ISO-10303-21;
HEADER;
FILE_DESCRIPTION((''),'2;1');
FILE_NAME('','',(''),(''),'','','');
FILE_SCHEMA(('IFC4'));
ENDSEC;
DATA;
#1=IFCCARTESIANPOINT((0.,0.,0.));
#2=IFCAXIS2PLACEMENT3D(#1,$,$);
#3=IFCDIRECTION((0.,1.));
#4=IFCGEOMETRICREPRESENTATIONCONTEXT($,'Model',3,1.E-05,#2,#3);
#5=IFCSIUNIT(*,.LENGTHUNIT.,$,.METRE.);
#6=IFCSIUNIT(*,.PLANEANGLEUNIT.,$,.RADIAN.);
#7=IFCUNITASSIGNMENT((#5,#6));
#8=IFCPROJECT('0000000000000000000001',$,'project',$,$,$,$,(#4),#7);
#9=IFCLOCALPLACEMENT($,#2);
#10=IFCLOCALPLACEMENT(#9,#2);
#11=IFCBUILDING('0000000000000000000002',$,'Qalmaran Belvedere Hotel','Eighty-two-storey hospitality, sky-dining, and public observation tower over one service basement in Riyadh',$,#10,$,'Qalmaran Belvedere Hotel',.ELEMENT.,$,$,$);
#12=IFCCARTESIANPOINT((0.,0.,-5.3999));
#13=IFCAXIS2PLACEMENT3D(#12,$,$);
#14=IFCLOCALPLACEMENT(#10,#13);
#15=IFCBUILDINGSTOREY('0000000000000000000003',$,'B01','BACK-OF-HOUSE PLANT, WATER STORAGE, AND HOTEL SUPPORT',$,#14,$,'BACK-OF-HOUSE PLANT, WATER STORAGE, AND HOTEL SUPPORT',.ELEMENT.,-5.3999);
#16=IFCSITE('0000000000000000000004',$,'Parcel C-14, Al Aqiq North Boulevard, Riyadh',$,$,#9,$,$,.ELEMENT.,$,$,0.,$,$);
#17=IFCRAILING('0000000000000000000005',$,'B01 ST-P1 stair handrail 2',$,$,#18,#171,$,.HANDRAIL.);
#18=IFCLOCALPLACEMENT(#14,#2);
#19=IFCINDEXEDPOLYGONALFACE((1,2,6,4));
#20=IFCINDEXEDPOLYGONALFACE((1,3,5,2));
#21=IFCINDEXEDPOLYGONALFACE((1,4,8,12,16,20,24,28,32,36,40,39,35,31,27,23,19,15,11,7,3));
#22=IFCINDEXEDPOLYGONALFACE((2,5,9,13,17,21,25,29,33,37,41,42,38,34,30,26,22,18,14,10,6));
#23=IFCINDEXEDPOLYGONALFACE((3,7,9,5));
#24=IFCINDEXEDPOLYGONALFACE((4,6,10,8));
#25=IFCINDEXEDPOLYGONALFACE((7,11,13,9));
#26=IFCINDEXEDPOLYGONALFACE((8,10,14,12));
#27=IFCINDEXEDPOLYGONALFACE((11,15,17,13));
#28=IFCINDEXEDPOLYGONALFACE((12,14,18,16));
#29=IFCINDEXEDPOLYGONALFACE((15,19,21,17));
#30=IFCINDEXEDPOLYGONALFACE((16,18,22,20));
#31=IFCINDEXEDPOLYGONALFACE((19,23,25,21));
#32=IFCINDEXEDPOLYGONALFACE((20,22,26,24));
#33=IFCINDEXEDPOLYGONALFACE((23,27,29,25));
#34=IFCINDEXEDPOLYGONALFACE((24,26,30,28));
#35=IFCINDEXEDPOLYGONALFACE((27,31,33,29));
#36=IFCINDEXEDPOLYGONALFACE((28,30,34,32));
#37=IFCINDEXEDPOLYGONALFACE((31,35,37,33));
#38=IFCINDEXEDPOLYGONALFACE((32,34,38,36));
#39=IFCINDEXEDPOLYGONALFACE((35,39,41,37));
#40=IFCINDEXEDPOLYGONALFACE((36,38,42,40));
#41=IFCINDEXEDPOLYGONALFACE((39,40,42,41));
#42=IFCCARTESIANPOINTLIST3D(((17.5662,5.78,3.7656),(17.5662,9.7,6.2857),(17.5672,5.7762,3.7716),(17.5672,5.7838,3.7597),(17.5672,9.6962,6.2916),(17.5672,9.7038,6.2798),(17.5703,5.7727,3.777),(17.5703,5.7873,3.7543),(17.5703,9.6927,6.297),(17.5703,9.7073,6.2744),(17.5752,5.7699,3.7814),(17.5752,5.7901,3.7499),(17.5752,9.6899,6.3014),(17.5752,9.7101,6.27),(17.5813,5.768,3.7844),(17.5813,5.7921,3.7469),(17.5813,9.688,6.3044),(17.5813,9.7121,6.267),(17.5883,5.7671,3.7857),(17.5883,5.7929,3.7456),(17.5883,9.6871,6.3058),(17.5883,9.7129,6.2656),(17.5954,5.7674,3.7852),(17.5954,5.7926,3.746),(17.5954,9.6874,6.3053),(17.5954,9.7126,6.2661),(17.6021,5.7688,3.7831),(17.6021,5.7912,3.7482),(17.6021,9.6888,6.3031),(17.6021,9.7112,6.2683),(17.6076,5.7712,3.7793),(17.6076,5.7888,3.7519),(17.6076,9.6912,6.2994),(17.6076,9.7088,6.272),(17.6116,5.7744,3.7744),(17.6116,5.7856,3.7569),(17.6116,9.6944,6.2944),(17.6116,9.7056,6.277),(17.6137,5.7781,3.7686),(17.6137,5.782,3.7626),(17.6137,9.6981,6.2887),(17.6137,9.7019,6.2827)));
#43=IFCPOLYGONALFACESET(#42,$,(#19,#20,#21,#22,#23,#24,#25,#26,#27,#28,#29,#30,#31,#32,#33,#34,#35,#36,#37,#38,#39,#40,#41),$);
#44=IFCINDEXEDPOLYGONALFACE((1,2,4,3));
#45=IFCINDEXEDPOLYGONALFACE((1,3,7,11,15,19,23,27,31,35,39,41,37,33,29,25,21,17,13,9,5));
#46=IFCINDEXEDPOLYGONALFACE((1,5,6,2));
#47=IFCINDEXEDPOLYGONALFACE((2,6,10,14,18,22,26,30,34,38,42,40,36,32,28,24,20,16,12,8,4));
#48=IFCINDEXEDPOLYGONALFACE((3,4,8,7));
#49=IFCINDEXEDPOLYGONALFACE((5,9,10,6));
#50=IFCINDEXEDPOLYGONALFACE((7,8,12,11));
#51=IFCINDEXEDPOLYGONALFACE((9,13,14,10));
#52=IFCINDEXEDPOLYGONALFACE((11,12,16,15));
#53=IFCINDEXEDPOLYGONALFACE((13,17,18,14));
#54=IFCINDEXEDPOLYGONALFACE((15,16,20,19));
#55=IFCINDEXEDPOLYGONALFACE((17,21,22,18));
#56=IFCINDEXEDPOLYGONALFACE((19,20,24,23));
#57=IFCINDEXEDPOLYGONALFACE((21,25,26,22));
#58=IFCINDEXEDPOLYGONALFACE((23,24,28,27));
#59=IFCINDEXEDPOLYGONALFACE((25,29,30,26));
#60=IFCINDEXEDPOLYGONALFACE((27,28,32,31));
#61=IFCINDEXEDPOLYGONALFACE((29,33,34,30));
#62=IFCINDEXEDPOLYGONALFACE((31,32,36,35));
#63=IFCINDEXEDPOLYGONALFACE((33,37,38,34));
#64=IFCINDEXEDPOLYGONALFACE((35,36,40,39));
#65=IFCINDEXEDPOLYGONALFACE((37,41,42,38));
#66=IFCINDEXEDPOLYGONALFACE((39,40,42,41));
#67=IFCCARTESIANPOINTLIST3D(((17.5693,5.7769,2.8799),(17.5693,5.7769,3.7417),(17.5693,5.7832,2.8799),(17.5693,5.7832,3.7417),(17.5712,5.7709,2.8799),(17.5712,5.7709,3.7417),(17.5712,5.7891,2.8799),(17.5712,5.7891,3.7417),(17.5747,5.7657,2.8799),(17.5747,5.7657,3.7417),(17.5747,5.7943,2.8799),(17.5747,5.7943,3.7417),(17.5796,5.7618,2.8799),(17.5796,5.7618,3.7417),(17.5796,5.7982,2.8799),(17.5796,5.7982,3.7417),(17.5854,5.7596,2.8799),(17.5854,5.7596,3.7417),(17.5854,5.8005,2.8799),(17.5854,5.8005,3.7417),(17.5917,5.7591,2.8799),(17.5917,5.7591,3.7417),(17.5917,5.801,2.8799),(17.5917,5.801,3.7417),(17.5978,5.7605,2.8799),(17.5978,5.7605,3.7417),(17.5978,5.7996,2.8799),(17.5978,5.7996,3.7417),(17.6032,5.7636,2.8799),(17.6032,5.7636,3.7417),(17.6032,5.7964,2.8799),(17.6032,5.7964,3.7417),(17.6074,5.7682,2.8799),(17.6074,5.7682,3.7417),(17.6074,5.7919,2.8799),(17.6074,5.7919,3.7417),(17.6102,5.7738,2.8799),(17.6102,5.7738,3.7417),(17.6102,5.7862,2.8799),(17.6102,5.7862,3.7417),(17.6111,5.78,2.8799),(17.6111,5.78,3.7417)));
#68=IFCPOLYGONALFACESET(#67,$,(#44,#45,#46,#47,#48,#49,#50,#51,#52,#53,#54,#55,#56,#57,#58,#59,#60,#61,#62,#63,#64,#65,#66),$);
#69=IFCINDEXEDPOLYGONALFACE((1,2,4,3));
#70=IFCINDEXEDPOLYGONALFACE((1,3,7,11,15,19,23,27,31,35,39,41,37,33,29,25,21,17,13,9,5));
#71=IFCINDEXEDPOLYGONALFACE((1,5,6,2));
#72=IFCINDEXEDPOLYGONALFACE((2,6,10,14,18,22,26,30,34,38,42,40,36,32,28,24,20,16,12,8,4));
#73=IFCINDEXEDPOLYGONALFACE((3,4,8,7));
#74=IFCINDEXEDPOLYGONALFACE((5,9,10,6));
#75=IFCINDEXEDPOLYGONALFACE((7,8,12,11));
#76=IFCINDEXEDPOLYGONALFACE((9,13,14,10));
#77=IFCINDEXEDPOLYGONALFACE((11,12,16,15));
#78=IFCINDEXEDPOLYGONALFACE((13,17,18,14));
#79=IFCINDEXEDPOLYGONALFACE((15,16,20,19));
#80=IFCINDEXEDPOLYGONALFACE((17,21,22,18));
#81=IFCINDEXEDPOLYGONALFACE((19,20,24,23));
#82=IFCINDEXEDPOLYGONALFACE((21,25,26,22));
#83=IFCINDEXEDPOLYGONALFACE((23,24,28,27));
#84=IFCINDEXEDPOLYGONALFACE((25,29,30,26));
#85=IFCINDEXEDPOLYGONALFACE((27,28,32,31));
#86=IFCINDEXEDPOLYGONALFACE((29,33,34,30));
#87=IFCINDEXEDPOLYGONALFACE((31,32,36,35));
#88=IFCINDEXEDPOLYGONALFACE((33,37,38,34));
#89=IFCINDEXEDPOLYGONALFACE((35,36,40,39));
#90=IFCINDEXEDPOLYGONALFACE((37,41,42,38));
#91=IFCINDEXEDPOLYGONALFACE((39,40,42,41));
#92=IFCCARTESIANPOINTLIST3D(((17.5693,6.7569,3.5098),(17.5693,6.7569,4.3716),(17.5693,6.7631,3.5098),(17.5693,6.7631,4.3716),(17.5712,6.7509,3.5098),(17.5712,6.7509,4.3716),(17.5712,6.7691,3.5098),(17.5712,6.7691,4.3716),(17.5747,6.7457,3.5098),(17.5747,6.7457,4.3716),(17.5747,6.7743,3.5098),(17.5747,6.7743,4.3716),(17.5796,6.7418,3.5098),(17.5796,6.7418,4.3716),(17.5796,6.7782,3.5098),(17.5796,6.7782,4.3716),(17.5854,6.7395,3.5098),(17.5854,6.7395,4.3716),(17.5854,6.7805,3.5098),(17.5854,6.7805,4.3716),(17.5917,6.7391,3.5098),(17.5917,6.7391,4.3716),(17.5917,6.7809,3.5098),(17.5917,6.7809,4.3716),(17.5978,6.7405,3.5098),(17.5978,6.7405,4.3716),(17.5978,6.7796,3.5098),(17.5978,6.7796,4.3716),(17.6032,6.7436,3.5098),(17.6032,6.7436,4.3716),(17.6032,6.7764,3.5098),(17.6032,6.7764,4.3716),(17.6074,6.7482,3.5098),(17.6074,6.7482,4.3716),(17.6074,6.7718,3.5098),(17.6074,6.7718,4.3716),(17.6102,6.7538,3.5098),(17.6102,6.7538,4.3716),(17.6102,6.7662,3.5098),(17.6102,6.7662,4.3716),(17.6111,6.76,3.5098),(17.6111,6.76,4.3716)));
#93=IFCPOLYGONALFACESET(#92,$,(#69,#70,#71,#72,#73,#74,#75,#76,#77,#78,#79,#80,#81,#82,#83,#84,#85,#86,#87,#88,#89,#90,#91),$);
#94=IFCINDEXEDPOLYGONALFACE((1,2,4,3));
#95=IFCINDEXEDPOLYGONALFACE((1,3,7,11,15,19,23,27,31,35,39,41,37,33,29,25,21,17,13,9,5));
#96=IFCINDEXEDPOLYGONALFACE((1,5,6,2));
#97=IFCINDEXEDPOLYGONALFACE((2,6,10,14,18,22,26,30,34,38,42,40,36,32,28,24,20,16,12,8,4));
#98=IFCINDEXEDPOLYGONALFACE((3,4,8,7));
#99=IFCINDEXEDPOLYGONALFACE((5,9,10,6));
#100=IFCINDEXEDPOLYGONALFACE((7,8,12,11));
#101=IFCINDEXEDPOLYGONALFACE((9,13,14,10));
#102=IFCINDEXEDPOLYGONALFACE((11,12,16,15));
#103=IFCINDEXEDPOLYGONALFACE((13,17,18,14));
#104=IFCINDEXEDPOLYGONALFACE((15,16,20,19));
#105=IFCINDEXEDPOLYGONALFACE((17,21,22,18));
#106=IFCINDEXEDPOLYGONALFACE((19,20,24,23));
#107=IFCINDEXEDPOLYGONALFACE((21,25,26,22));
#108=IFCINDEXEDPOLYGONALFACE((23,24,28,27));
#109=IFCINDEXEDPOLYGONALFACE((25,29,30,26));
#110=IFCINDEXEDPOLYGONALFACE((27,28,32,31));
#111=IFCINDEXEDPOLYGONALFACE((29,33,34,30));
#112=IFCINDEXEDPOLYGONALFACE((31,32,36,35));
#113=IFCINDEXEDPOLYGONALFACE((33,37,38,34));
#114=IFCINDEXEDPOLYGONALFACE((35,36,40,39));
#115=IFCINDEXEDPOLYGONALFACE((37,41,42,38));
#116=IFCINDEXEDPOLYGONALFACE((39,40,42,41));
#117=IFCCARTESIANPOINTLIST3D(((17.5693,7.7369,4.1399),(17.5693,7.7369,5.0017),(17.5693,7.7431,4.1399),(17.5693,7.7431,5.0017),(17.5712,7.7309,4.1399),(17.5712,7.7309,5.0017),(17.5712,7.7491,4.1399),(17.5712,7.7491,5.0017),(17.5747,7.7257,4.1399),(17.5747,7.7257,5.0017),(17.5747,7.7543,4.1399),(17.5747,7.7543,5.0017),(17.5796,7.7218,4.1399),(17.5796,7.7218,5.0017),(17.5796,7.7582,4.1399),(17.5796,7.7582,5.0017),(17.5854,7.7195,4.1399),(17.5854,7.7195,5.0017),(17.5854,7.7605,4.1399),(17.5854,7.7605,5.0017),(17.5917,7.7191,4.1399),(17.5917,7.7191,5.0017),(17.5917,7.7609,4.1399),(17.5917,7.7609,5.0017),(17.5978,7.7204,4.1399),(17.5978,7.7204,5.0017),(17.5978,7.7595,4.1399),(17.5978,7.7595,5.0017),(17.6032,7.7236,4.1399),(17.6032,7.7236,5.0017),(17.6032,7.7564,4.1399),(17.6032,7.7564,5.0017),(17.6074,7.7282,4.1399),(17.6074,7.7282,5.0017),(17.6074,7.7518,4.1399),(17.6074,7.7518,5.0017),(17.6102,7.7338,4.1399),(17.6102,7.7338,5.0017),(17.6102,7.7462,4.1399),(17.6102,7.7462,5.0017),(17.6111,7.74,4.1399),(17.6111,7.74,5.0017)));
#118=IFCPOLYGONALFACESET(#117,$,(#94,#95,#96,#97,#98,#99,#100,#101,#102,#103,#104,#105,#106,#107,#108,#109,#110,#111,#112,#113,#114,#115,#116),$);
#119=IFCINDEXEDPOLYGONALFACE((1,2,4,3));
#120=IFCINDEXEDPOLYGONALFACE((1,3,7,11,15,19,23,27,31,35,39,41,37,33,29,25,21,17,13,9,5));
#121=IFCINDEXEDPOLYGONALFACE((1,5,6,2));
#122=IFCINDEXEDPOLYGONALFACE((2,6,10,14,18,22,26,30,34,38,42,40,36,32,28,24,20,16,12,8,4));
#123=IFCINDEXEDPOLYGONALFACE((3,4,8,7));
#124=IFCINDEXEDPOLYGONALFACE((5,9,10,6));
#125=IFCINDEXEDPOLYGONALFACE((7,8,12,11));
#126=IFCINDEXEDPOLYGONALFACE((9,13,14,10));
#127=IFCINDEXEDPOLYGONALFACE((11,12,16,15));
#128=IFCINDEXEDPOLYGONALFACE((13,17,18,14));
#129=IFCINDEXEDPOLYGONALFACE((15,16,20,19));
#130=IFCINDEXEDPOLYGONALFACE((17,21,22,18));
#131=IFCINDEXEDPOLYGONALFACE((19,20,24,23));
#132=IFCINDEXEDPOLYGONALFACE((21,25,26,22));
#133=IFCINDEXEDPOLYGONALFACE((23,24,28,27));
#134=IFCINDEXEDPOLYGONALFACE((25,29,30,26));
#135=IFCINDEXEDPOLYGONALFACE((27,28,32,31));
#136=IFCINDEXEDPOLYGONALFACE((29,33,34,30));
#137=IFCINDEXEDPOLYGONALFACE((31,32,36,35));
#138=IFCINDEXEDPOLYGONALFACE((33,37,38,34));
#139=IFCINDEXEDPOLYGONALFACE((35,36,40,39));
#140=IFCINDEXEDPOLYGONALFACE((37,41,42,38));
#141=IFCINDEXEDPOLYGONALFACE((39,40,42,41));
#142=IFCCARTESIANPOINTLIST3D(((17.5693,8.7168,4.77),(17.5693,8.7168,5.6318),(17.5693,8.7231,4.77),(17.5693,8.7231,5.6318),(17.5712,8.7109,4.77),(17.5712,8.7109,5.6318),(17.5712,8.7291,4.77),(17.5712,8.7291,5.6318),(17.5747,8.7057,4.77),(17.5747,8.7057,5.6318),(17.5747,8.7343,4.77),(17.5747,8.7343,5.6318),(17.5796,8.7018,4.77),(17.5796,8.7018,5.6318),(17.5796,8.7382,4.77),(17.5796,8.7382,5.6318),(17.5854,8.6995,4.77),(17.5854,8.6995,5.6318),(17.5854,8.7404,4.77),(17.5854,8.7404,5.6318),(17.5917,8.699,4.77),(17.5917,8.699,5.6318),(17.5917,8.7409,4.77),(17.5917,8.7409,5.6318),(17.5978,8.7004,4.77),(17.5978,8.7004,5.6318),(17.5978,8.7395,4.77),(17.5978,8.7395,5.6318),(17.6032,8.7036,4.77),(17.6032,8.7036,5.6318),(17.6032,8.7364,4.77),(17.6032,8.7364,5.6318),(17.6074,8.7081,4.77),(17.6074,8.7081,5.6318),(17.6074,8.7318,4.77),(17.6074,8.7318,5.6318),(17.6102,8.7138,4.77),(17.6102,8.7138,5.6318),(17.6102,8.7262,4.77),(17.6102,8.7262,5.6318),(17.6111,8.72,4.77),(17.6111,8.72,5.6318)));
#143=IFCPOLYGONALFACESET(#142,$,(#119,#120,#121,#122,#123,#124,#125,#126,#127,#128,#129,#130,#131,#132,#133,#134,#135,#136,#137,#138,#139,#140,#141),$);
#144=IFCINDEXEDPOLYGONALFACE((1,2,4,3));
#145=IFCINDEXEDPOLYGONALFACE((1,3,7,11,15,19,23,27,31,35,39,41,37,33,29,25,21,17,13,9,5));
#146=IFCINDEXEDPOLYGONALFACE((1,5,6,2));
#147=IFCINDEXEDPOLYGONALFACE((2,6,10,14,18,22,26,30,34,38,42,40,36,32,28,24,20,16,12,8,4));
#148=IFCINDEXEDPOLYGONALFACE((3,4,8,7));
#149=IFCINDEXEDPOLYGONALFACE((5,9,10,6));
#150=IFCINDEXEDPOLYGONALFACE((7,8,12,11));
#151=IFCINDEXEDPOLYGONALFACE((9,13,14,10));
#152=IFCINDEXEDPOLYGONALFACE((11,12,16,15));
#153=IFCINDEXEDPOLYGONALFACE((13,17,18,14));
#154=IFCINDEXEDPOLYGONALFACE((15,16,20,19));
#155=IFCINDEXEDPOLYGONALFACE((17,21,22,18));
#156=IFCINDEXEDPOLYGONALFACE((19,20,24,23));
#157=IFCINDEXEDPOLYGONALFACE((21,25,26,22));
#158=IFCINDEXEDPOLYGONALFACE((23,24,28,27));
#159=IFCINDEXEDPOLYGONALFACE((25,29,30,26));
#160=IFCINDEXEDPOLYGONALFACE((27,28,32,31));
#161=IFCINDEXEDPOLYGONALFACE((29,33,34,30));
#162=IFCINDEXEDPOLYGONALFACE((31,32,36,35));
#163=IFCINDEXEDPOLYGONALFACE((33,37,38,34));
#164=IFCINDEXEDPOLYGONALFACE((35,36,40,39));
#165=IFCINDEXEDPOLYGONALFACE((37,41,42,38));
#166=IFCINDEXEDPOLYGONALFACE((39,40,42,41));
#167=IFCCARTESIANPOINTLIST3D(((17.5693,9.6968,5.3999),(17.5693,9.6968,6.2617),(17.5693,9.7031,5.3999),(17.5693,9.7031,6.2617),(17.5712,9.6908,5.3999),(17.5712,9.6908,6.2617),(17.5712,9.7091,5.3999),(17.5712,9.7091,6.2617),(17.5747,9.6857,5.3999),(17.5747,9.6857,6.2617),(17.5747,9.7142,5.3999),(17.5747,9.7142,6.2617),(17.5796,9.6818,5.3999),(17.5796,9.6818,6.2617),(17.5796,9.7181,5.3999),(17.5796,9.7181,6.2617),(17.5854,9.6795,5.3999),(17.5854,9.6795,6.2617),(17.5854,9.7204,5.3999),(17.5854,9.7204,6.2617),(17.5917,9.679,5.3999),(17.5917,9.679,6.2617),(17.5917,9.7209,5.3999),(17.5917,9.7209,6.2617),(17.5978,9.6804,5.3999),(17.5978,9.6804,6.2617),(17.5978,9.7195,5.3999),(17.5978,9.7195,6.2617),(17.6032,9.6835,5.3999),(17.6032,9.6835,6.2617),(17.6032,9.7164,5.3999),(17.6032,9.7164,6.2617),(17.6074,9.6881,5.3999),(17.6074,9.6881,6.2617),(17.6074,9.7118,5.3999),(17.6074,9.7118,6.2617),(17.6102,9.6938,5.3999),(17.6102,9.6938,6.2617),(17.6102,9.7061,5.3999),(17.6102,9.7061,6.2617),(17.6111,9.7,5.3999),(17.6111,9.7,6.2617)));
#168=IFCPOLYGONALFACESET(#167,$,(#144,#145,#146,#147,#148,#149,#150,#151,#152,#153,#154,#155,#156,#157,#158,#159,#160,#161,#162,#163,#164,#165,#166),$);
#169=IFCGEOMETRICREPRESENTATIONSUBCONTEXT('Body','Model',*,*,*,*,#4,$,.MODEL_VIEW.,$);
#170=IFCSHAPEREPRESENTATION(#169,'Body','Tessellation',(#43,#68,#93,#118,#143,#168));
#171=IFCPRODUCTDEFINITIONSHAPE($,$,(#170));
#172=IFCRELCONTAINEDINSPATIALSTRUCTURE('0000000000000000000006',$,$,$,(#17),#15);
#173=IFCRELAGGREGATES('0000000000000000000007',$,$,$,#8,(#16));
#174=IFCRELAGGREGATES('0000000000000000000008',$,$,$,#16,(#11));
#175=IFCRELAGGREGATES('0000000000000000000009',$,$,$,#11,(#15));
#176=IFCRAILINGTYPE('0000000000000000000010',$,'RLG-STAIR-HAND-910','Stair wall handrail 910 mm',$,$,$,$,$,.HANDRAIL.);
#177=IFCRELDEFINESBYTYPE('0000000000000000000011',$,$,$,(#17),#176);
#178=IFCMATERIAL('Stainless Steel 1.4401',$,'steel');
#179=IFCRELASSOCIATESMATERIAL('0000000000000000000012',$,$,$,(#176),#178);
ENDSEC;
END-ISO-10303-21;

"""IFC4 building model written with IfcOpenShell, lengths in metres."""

from ifc_helpers import new_model, si_unit, direction, frame, origin, origin_2d, place, context, subcontext, project, spatial, circle, extrude, material, type_object, element, save


model = new_model("IFC4")

# Units and contexts
model_context = context("Model", 3, precision=1e-05, world=origin(), true_north=direction((0.0, 1.0)))
body_context = subcontext(model_context, "Body", "Model", "MODEL_VIEW")
ifc_project = project(units=[si_unit("LENGTHUNIT", "METRE"), si_unit("PLANEANGLEUNIT", "RADIAN")], contexts=[model_context])

# Site, building, storey
site_placement = place(None, origin())
site = spatial("IfcSite", under=ifc_project, at=site_placement, Name="Parcel C-14, Al Aqiq North Boulevard, Riyadh", CompositionType="ELEMENT", RefElevation=0.0)
building_placement = place(site_placement, origin())
building = spatial("IfcBuilding", under=site, at=building_placement, Name="Qalmaran Belvedere Hotel", Description="Eighty-two-storey hospitality, sky-dining, and public observation tower over one service basement in Riyadh", LongName="Qalmaran Belvedere Hotel", CompositionType="ELEMENT")
storey_placement = place(building_placement, frame((0.0, 0.0, -5.3999)))
storey = spatial("IfcBuildingStorey", under=building, at=storey_placement, Name="B01", Description="BACK-OF-HOUSE PLANT, WATER STORAGE, AND HOTEL SUPPORT", LongName="BACK-OF-HOUSE PLANT, WATER STORAGE, AND HOTEL SUPPORT", CompositionType="ELEMENT", Elevation=-5.3999)

# Railing
ifc_material_1 = material(Name="Stainless Steel 1.4401", Category="steel")
railing_type_1 = type_object("IfcRailingType", Name="RLG-STAIR-HAND-910", Description="Stair wall handrail 910 mm", PredefinedType="HANDRAIL", material=ifc_material_1)
railing_1_placement = place(storey_placement, frame((17.5901, 5.78, 2.8799)))
element("IfcRailing", 1, at=railing_1_placement, inside=storey, type_object=railing_type_1, Name="B01 ST-P1 stair handrail 2", PredefinedType="HANDRAIL", context=body_context, shape_type="SweptSolid", body=[
    extrude(circle(Radius=0.0239, at=origin_2d()), frame((0.0, 0.0, 0.8857), z_axis=(0.0, 0.841172, 0.540768), x_axis=(-1.0, 0.0, 0.0)), (0.0, 0.0, 1.0), 4.6602),
    extrude(circle(Radius=0.021, at=origin_2d()), origin(), (0.0, 0.0, 1.0), 0.8618),
    extrude(circle(Radius=0.021, at=origin_2d()), frame((0.0, 0.98, 0.6299)), (0.0, 0.0, 1.0), 0.8618),
    extrude(circle(Radius=0.021, at=origin_2d()), frame((0.0, 1.96, 1.26)), (0.0, 0.0, 1.0), 0.8618),
    extrude(circle(Radius=0.021, at=origin_2d()), frame((0.0, 2.9399, 1.8901)), (0.0, 0.0, 1.0), 0.8618),
    extrude(circle(Radius=0.021, at=origin_2d()), frame((0.0, 3.9199, 2.52)), (0.0, 0.0, 1.0), 0.8618),
])

save(model, "model.ifc")
